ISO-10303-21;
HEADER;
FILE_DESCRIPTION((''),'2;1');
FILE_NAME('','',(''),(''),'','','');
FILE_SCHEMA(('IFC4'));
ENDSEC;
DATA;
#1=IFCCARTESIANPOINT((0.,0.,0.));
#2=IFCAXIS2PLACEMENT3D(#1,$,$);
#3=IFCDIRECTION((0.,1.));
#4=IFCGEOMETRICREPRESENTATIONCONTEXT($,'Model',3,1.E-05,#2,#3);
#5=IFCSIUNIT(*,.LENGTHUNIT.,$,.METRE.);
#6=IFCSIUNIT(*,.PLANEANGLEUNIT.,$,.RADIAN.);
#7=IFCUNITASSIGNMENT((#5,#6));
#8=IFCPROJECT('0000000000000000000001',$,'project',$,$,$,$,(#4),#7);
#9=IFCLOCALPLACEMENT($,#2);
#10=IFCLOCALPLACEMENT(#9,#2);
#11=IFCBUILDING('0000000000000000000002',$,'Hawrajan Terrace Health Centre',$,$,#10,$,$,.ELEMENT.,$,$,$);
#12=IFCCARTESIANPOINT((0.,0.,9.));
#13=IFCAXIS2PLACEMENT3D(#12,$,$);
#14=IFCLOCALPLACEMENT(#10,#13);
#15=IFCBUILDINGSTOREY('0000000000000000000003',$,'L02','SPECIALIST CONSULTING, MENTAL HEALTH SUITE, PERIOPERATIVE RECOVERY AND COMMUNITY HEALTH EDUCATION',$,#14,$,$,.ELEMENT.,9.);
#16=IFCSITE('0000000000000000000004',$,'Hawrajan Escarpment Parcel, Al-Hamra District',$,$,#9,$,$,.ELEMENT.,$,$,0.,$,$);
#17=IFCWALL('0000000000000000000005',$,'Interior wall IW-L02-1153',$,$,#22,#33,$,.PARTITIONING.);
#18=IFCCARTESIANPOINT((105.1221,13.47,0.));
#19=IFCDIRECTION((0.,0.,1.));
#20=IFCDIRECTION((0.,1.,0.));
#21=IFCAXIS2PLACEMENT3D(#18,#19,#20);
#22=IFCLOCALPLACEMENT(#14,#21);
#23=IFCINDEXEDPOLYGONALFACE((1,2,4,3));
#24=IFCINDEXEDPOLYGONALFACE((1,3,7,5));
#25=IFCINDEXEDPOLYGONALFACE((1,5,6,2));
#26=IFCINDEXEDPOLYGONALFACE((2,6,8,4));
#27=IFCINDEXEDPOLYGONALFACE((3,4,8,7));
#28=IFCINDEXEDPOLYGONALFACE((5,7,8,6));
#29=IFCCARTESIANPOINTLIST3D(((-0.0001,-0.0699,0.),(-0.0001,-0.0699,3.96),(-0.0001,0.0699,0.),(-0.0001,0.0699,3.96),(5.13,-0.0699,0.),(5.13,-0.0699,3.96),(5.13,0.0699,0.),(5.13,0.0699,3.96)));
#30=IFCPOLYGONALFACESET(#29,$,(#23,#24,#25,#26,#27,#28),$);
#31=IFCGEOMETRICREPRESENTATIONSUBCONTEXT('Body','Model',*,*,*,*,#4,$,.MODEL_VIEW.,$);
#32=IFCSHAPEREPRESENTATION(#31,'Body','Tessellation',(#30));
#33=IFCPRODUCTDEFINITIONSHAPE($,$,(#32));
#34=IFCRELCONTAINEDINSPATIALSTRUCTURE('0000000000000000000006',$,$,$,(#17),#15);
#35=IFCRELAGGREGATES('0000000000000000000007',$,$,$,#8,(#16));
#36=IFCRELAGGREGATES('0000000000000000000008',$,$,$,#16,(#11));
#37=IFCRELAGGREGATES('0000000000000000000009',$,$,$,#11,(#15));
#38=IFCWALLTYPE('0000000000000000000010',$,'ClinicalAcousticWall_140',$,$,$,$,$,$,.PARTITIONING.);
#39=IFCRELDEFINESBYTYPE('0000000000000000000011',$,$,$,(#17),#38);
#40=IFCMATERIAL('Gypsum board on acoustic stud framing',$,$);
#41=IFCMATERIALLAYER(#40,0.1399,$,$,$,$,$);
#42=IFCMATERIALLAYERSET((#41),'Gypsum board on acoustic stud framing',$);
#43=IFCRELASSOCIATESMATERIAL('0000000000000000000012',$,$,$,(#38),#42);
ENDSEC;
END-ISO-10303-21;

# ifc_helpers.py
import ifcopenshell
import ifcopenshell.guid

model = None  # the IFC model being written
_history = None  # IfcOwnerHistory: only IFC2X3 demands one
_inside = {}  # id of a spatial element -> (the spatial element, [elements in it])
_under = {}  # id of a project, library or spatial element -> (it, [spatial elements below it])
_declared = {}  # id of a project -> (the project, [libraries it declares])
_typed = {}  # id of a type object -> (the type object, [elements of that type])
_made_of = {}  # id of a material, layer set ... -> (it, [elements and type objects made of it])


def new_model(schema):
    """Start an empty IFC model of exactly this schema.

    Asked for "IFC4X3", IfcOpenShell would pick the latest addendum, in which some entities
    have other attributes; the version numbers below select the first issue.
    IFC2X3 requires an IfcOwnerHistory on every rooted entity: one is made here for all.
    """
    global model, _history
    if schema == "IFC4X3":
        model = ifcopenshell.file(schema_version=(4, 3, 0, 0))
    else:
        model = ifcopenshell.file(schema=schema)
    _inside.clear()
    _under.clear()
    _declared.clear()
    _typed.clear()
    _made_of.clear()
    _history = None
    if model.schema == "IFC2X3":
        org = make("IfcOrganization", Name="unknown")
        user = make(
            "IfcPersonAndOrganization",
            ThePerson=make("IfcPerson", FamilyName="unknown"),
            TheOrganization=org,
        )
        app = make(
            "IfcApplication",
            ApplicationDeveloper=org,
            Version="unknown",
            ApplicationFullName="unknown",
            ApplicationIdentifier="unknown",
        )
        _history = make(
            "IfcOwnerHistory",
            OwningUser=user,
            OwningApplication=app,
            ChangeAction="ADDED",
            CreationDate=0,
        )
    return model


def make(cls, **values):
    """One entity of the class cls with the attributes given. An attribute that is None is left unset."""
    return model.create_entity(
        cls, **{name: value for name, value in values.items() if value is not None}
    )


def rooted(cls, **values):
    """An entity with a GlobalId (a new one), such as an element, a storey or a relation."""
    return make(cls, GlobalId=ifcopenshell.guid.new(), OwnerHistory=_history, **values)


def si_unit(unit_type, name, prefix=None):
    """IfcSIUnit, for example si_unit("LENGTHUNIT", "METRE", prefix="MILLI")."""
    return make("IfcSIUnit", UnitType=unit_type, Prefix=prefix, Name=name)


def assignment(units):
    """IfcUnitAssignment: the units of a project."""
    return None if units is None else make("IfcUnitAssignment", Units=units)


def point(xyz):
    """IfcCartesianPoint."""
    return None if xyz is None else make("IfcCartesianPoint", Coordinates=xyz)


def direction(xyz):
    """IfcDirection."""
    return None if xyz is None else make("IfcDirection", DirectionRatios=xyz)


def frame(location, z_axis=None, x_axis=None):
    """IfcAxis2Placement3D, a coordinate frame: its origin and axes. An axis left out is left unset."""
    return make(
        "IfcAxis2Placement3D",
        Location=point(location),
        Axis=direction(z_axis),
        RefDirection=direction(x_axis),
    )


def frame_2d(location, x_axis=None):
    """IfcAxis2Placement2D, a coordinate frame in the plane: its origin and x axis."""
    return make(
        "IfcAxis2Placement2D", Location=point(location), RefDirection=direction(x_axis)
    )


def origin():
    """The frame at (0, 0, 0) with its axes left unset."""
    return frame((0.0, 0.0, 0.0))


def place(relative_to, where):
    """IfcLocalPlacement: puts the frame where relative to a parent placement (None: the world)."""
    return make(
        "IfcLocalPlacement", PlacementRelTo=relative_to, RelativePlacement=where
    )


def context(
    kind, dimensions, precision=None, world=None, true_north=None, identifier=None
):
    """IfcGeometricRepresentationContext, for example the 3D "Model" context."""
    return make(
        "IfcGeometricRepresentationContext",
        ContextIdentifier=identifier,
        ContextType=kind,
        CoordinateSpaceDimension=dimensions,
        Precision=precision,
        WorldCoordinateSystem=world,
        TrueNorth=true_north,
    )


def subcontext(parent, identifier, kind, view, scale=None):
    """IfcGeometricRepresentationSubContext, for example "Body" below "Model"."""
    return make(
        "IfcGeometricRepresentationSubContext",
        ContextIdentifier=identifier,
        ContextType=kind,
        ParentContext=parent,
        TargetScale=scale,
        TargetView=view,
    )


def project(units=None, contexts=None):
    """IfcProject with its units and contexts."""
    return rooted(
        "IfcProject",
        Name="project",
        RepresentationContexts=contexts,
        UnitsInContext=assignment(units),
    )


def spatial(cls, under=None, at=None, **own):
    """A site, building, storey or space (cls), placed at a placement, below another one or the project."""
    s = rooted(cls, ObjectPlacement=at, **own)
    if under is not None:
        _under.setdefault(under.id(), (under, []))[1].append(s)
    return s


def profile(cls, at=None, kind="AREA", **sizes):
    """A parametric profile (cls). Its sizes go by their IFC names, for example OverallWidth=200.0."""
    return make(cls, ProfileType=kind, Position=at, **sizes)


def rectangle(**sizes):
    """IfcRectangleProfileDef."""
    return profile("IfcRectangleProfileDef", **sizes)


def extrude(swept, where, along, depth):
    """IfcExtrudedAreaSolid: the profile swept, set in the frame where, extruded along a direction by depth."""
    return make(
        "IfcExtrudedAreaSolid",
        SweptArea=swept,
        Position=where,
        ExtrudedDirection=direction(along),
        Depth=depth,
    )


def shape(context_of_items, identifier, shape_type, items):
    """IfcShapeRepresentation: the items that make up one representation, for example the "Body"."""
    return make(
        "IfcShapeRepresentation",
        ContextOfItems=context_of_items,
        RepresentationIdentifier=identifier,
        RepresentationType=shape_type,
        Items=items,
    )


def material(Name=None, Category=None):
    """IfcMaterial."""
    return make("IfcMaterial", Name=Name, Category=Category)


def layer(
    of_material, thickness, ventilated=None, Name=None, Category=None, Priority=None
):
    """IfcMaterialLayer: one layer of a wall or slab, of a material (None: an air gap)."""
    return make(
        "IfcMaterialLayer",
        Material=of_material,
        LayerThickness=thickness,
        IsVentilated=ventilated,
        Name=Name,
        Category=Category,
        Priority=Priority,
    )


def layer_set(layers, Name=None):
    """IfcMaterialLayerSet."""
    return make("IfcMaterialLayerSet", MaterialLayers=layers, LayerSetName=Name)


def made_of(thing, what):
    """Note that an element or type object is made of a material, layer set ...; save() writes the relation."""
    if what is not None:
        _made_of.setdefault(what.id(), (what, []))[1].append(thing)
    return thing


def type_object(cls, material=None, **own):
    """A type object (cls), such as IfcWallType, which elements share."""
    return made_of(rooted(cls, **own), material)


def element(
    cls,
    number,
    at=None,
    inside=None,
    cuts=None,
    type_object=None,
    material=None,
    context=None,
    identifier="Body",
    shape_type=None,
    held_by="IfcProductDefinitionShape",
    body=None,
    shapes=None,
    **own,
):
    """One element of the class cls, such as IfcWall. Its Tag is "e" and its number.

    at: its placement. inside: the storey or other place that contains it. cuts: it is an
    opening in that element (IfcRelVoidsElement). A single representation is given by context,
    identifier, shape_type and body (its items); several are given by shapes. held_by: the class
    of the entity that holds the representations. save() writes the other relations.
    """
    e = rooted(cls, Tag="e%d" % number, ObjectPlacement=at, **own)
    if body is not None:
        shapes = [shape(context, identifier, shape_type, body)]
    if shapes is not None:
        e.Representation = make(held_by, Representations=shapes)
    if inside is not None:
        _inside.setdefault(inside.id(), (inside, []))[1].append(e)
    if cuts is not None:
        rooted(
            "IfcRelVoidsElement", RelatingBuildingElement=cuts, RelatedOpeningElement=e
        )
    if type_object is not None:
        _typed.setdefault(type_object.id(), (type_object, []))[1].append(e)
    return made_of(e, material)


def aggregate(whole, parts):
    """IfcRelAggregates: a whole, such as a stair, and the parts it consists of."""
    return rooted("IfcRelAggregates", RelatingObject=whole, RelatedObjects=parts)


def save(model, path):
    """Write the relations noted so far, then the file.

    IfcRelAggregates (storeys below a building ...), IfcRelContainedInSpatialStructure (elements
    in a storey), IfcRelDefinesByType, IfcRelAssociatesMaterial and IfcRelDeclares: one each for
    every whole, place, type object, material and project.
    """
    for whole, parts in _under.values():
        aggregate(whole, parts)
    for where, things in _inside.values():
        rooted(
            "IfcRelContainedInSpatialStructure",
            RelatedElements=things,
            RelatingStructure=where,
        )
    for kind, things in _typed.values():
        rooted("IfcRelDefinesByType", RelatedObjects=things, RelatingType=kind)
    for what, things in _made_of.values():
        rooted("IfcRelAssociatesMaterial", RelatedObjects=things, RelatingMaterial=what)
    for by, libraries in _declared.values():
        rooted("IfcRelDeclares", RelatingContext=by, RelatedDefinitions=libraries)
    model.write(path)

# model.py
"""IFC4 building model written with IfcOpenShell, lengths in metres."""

from ifc_helpers import new_model, si_unit, direction, frame, frame_2d, origin, place, context, subcontext, project, spatial, rectangle, extrude, material, layer, layer_set, type_object, element, save


model = new_model("IFC4")

# Units and contexts
model_context = context("Model", 3, precision=1e-05, world=origin(), true_north=direction((0.0, 1.0)))
body_context = subcontext(model_context, "Body", "Model", "MODEL_VIEW")
ifc_project = project(units=[si_unit("LENGTHUNIT", "METRE"), si_unit("PLANEANGLEUNIT", "RADIAN")], contexts=[model_context])

# Site, building, storey
site_placement = place(None, origin())
site = spatial("IfcSite", under=ifc_project, at=site_placement, Name="Hawrajan Escarpment Parcel, Al-Hamra District", CompositionType="ELEMENT", RefElevation=0.0)
building_placement = place(site_placement, origin())
building = spatial("IfcBuilding", under=site, at=building_placement, Name="Hawrajan Terrace Health Centre", CompositionType="ELEMENT")
storey_placement = place(building_placement, frame((0.0, 0.0, 9.0)))
storey = spatial("IfcBuildingStorey", under=building, at=storey_placement, Name="L02", Description="SPECIALIST CONSULTING, MENTAL HEALTH SUITE, PERIOPERATIVE RECOVERY AND COMMUNITY HEALTH EDUCATION", CompositionType="ELEMENT", Elevation=9.0)

# Shared definitions
ifc_material_1 = material(Name="Gypsum board on acoustic stud framing")
ifc_layer_1 = layer(ifc_material_1, 0.1399)
ifc_layer_set_1 = layer_set([ifc_layer_1], Name="Gypsum board on acoustic stud framing")
wall_type_1 = type_object("IfcWallType", Name="ClinicalAcousticWall_140", PredefinedType="PARTITIONING", material=ifc_layer_set_1)

# Wall
wall_1_placement = place(storey_placement, frame((105.1221, 13.47, 0.0), z_axis=(0.0, 0.0, 1.0), x_axis=(0.0, 1.0, 0.0)))
element("IfcWall", 1, at=wall_1_placement, inside=storey, type_object=wall_type_1, Name="Interior wall IW-L02-1153", PredefinedType="PARTITIONING", context=body_context, shape_type="SweptSolid", body=[
    extrude(rectangle(XDim=5.1301, YDim=0.1399, at=frame_2d((2.5649, 0.0))), origin(), (0.0, 0.0, 1.0), 3.96),
])

save(model, "model.ifc")
